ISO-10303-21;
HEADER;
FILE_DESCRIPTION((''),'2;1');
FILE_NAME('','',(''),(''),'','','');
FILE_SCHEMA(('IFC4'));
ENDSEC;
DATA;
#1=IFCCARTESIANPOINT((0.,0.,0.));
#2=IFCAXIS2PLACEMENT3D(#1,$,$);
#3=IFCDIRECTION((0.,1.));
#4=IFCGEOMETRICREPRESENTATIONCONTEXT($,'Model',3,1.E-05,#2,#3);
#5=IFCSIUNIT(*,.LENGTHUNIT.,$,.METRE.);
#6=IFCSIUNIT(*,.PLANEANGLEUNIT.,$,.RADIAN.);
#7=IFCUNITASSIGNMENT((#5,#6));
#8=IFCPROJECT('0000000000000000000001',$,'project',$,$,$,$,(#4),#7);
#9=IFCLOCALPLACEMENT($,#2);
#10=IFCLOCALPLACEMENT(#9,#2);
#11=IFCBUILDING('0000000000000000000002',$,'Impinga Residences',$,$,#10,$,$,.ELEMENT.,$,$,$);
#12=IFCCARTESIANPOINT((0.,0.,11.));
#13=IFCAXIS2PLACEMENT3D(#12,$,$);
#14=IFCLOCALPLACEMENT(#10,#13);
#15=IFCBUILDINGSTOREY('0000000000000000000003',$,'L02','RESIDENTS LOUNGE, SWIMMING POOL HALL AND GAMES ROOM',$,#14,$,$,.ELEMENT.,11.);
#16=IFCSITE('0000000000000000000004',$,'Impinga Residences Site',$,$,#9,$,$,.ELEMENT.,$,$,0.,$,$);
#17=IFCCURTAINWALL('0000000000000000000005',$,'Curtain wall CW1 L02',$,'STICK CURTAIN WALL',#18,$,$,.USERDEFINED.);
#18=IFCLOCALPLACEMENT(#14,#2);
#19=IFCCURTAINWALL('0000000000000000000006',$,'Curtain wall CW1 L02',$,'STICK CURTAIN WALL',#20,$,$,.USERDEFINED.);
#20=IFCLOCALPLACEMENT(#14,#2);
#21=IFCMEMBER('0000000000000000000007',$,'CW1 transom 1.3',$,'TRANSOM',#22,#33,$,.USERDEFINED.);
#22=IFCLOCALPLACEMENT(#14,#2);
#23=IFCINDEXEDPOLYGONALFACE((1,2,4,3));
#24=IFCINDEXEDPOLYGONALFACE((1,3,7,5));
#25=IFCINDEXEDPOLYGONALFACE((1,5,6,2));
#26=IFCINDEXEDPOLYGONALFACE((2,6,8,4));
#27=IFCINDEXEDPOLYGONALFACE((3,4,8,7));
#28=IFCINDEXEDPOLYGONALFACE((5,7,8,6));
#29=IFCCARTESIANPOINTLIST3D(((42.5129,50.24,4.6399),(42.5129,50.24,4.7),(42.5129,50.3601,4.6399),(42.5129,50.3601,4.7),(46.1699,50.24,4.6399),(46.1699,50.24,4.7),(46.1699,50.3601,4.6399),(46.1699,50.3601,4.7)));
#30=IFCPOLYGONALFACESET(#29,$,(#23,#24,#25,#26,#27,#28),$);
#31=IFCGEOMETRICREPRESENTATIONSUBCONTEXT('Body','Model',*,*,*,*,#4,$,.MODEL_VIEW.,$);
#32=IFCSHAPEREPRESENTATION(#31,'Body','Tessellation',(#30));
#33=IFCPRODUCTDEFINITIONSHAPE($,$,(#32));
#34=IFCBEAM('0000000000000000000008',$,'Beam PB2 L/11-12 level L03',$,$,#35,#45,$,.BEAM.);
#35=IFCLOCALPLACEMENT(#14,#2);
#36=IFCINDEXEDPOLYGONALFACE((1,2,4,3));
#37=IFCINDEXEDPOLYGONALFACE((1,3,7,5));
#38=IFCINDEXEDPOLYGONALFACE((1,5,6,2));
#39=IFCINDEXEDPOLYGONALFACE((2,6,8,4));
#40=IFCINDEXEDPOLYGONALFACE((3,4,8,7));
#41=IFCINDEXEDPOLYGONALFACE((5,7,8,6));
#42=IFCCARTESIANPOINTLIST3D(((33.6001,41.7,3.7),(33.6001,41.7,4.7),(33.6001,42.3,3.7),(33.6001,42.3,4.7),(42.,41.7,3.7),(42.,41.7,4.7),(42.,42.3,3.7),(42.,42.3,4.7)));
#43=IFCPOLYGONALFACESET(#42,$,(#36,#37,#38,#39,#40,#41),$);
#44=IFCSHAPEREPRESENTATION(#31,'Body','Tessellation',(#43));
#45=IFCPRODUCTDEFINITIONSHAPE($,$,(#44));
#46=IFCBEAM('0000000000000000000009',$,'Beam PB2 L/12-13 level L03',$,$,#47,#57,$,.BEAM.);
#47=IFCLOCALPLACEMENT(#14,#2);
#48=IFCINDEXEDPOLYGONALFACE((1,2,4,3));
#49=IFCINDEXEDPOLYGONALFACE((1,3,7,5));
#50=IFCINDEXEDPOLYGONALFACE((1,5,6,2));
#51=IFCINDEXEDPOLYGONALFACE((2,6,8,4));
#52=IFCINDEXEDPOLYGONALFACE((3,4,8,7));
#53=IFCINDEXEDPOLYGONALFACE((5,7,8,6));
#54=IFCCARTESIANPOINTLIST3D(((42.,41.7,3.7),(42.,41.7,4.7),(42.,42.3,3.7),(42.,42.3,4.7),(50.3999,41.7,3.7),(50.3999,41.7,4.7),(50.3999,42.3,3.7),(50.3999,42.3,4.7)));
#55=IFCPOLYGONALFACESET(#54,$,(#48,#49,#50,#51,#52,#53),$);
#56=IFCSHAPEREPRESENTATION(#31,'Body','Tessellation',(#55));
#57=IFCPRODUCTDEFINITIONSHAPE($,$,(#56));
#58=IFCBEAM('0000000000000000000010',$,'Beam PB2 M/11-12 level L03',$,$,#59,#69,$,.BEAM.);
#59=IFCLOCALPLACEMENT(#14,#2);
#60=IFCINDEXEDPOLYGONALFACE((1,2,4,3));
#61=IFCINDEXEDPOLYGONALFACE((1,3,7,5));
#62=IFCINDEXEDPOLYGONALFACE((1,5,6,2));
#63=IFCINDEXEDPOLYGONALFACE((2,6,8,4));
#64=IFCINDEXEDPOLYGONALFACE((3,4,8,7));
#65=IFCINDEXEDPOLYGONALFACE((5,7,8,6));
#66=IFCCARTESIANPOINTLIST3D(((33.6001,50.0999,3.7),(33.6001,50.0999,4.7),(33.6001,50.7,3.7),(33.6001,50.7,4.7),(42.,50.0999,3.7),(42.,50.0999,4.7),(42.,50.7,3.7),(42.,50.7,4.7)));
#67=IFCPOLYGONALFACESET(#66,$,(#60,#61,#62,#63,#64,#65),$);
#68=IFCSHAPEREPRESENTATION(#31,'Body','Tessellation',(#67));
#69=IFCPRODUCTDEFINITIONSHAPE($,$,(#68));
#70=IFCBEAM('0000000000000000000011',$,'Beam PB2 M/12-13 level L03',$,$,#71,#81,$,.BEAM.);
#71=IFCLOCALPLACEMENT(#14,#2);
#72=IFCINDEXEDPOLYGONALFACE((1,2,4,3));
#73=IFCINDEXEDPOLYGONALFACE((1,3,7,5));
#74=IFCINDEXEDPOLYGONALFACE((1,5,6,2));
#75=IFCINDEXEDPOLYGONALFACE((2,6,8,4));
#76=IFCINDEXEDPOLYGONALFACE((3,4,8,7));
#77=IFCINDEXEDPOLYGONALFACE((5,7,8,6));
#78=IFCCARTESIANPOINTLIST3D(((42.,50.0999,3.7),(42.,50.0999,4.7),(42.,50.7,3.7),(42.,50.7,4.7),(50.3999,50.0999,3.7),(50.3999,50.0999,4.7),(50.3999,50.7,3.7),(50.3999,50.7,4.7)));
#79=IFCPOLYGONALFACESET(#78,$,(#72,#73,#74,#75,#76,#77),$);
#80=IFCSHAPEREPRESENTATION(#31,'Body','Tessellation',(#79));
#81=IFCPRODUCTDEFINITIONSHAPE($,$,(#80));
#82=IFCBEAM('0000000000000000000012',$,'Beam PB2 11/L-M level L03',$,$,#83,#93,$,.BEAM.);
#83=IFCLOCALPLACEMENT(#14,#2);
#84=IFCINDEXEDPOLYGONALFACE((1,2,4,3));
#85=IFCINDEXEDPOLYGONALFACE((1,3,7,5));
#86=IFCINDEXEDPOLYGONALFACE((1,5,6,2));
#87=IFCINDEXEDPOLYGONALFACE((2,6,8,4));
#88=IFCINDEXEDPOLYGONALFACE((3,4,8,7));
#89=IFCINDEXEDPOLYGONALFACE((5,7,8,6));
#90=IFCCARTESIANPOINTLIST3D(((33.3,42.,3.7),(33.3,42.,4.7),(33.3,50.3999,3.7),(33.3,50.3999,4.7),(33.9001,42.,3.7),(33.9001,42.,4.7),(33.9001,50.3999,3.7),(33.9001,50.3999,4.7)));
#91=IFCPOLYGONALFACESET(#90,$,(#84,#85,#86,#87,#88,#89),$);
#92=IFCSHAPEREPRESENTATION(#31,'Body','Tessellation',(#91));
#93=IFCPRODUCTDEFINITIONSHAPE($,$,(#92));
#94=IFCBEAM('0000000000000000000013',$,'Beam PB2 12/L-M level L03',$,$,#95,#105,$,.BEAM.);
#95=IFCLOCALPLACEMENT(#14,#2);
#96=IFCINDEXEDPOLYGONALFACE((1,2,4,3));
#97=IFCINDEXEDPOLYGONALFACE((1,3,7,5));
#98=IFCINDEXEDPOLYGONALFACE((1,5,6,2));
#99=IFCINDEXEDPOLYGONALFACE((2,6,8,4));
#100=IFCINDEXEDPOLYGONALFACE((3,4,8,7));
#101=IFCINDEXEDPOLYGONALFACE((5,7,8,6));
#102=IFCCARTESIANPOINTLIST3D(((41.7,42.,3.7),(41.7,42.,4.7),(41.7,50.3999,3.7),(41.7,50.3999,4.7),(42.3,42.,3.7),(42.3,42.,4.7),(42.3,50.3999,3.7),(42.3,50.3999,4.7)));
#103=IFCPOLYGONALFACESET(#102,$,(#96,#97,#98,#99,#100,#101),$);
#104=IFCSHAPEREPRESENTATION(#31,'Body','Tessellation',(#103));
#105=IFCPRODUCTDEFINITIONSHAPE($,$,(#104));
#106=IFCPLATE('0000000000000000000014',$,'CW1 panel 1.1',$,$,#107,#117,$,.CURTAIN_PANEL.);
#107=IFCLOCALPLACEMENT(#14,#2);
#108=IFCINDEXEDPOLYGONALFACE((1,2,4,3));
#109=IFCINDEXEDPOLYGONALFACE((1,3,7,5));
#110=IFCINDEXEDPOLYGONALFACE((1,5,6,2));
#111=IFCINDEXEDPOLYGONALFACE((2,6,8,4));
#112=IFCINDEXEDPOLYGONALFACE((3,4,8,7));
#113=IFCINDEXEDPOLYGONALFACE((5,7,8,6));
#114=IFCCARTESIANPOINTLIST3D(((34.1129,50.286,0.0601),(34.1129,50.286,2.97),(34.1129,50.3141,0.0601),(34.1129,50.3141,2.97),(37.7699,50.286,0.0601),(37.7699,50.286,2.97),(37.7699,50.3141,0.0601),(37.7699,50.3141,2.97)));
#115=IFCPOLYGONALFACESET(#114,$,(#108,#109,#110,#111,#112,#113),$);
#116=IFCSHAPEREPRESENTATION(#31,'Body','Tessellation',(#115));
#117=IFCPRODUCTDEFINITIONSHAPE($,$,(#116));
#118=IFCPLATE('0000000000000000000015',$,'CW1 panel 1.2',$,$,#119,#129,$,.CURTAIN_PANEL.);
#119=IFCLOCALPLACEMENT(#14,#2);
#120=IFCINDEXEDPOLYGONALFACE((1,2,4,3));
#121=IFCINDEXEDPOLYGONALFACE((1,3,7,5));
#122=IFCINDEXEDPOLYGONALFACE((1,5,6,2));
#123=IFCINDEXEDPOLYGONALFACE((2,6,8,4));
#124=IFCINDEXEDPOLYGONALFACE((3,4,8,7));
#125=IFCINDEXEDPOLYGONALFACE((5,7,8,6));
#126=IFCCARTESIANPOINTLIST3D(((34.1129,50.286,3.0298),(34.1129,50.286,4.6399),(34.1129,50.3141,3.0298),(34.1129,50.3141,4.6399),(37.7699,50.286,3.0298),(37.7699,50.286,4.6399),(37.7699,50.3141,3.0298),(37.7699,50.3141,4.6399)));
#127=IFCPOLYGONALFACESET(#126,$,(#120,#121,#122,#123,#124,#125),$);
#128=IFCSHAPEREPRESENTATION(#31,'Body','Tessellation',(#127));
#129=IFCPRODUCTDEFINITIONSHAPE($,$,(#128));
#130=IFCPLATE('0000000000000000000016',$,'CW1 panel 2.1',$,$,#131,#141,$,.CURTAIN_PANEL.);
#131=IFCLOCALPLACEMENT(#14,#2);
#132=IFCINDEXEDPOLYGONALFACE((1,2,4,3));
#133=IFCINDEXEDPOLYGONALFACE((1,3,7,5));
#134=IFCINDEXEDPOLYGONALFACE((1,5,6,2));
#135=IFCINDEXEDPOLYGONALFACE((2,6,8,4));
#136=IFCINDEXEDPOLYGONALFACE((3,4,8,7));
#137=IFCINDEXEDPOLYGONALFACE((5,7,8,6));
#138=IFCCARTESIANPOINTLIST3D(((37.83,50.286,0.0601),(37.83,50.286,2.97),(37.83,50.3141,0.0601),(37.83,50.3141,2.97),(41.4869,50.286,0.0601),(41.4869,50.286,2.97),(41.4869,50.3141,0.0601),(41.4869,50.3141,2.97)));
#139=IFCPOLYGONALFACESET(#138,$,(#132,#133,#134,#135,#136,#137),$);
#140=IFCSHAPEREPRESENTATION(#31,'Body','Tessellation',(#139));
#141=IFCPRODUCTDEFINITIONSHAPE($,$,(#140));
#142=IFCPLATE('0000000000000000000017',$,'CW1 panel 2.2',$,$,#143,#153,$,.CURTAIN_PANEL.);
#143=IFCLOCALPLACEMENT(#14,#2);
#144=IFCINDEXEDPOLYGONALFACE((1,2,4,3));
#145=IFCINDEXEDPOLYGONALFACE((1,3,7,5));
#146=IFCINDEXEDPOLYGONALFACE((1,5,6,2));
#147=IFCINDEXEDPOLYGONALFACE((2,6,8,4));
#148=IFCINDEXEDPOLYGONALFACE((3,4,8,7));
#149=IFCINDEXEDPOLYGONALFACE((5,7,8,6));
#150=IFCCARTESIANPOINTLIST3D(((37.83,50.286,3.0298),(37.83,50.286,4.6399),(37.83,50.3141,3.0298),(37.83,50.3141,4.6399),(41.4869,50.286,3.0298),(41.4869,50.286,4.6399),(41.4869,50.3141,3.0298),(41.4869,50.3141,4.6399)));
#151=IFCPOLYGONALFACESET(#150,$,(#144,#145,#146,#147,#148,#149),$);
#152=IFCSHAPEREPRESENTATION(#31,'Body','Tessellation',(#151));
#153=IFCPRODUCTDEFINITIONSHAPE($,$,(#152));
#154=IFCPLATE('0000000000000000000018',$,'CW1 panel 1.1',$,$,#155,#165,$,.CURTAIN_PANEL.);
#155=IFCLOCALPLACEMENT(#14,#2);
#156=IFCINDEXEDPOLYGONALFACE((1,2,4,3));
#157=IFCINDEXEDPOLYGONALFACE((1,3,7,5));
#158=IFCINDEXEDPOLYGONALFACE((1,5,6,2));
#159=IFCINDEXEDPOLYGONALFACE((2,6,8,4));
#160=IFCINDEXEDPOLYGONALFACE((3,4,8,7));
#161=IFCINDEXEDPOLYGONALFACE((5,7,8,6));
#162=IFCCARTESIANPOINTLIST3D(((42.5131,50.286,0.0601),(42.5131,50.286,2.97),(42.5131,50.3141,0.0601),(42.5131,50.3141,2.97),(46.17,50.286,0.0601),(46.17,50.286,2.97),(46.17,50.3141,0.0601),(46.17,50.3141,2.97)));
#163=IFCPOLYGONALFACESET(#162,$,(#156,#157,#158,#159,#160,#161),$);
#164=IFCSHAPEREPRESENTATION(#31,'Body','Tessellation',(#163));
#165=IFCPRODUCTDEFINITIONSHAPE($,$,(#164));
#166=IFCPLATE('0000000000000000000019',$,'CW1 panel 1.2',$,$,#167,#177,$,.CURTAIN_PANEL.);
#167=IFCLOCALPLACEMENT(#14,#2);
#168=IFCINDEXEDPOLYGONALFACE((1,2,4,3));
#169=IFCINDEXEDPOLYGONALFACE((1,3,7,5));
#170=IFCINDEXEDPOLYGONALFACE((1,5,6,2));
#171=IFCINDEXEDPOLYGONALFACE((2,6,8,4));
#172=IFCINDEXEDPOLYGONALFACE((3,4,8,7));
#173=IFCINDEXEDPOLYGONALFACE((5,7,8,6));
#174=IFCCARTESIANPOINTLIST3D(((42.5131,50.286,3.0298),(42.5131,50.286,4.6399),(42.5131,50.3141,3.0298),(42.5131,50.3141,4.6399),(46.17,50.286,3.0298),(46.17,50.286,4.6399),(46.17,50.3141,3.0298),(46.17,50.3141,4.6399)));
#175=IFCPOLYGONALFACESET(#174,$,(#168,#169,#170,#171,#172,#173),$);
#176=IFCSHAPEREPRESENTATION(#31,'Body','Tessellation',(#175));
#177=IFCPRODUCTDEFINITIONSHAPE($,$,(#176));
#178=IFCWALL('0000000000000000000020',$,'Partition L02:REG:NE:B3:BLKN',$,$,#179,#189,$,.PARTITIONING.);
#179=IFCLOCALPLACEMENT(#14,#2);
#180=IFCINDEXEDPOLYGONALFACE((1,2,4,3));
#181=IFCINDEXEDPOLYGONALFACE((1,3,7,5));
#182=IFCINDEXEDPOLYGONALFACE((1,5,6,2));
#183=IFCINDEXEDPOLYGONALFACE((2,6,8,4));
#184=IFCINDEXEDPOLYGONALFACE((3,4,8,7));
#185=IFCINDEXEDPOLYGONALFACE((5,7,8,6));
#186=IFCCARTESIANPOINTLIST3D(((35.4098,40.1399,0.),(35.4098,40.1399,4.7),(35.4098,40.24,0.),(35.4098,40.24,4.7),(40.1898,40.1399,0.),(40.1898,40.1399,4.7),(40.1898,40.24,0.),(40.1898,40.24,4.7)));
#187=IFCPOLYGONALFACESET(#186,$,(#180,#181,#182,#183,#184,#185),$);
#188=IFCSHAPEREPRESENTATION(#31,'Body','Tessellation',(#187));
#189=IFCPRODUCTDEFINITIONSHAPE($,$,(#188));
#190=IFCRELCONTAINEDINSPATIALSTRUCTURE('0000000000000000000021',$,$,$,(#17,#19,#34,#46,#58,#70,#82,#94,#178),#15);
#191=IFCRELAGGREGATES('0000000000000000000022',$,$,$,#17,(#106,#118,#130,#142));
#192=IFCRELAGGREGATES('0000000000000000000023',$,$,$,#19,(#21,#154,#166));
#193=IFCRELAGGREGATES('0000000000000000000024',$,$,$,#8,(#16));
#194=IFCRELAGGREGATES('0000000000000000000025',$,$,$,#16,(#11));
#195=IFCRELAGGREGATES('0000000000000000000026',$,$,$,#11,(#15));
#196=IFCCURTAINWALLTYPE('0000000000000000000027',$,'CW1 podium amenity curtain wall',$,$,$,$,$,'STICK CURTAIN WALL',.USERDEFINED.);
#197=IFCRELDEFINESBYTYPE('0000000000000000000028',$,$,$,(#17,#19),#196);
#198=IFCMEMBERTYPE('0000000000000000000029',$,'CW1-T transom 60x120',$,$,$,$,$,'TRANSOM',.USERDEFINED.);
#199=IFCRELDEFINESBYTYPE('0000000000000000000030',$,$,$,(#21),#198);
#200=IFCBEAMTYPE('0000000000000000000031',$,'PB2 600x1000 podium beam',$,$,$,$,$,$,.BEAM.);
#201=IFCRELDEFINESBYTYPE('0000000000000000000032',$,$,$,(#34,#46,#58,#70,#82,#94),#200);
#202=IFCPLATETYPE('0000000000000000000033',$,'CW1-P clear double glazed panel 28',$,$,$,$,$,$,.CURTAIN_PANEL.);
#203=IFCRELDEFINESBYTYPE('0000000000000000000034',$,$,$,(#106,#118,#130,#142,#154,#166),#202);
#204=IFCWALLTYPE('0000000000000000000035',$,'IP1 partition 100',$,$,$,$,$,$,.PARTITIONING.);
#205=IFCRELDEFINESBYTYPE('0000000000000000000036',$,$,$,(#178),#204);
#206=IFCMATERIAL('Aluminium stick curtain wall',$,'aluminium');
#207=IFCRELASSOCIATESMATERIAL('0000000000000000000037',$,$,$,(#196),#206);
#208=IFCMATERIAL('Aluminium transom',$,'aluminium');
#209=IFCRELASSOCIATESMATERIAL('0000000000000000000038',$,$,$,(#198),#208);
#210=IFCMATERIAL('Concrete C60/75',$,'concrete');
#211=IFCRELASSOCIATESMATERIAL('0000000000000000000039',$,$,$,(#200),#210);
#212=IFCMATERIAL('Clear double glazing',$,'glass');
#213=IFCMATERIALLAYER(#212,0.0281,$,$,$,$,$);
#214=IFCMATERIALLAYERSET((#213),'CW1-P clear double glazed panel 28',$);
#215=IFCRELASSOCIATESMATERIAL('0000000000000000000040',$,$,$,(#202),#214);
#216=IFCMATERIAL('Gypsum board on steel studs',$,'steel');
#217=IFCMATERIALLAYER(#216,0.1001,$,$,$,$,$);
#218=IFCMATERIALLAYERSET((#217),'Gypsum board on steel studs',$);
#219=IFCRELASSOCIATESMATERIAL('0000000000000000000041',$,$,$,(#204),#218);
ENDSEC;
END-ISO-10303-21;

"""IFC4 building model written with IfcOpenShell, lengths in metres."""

from ifc_helpers import new_model, si_unit, direction, frame, frame_2d, origin, origin_2d, place, context, subcontext, project, spatial, rectangle, extrude, material, layer, layer_set, material_profile, profile_set, type_object, element, aggregate, save


model = new_model("IFC4")

# Units and contexts
model_context = context("Model", 3, precision=1e-05, world=origin(), true_north=direction((0.0, 1.0)))
body_context = subcontext(model_context, "Body", "Model", "MODEL_VIEW")
ifc_project = project(units=[si_unit("LENGTHUNIT", "METRE"), si_unit("PLANEANGLEUNIT", "RADIAN")], contexts=[model_context])

# Site, building, storey
site_placement = place(None, origin())
site = spatial("IfcSite", under=ifc_project, at=site_placement, Name="Impinga Residences Site", CompositionType="ELEMENT", RefElevation=0.0)
building_placement = place(site_placement, origin())
building = spatial("IfcBuilding", under=site, at=building_placement, Name="Impinga Residences", CompositionType="ELEMENT")
storey_placement = place(building_placement, frame((0.0, 0.0, 11.0)))
storey = spatial("IfcBuildingStorey", under=building, at=storey_placement, Name="L02", Description="RESIDENTS LOUNGE, SWIMMING POOL HALL AND GAMES ROOM", CompositionType="ELEMENT", Elevation=11.0)

# Curtain wall
ifc_material_1 = material(Name="Aluminium stick curtain wall", Category="aluminium")
curtain_wall_type = type_object("IfcCurtainWallType", Name="CW1 podium amenity curtain wall", ElementType="STICK CURTAIN WALL", PredefinedType="USERDEFINED", material=ifc_material_1)
curtain_wall_1_placement = place(storey_placement, origin())
curtain_wall_1 = element("IfcCurtainWall", 1, at=curtain_wall_1_placement, inside=storey, type_object=curtain_wall_type, Name="Curtain wall CW1 L02", ObjectType="STICK CURTAIN WALL", PredefinedType="USERDEFINED")

# Curtain wall
curtain_wall_2_placement = place(storey_placement, origin())
curtain_wall_2 = element("IfcCurtainWall", 2, at=curtain_wall_2_placement, inside=storey, type_object=curtain_wall_type, Name="Curtain wall CW1 L02", ObjectType="STICK CURTAIN WALL", PredefinedType="USERDEFINED")

# Member
ifc_material_2 = material(Name="Aluminium transom", Category="aluminium")
ifc_material_profile_1 = material_profile(ifc_material_2, rectangle(XDim=0.0601, YDim=0.1201, at=origin_2d()), Name="60x120 transom")
ifc_profile_set_1 = profile_set([ifc_material_profile_1], Name="Aluminium transom")
member_type_1 = type_object("IfcMemberType", Name="CW1-T transom 60x120", ElementType="TRANSOM", PredefinedType="USERDEFINED", material=ifc_profile_set_1)
member_1_placement = place(storey_placement, frame((42.5129, 50.3, 4.6699), z_axis=(1.0, 0.0, 0.0), x_axis=(0.0, 0.0, 1.0)))
member_1 = element("IfcMember", 3, at=member_1_placement, type_object=member_type_1, Name="CW1 transom 1.3", ObjectType="TRANSOM", PredefinedType="USERDEFINED", context=body_context, shape_type="SweptSolid", body=[
    extrude(rectangle(XDim=0.0601, YDim=0.1201, at=origin_2d()), origin(), (0.0, 0.0, 1.0), 3.657),
])

# Beams
ifc_material_3 = material(Name="Concrete C60/75", Category="concrete")
ifc_material_profile_2 = material_profile(ifc_material_3, rectangle(XDim=0.6001, YDim=1.0, at=origin_2d()), Name="RC 600x1000")
ifc_profile_set_2 = profile_set([ifc_material_profile_2], Name="Concrete C60/75")
beam_type = type_object("IfcBeamType", Name="PB2 600x1000 podium beam", PredefinedType="BEAM", material=ifc_profile_set_2)
for number, where, z_axis, x_axis, name in (
    (4, (33.6001, 42.0, 4.2), (1.0, 0.0, 0.0), (0.0, 1.0, 0.0), "Beam PB2 L/11-12 level L03"),
    (5, (42.0, 42.0, 4.2), (1.0, 0.0, 0.0), (0.0, 1.0, 0.0), "Beam PB2 L/12-13 level L03"),
    (6, (33.6001, 50.3999, 4.2), (1.0, 0.0, 0.0), (0.0, 1.0, 0.0), "Beam PB2 M/11-12 level L03"),
    (7, (42.0, 50.3999, 4.2), (1.0, 0.0, 0.0), (0.0, 1.0, 0.0), "Beam PB2 M/12-13 level L03"),
    (8, (33.6001, 42.0, 4.2), (0.0, 1.0, 0.0), (-1.0, 0.0, 0.0), "Beam PB2 11/L-M level L03"),
    (9, (42.0, 42.0, 4.2), (0.0, 1.0, 0.0), (-1.0, 0.0, 0.0), "Beam PB2 12/L-M level L03"),
):
    element("IfcBeam", number, at=place(storey_placement, frame(where, z_axis=z_axis, x_axis=x_axis)), inside=storey, type_object=beam_type, Name=name, PredefinedType="BEAM", context=body_context, shape_type="SweptSolid", body=[
        extrude(rectangle(XDim=0.6001, YDim=1.0, at=origin_2d()), origin(), (0.0, 0.0, 1.0), 8.3999),
    ])

# Plates
ifc_material_4 = material(Name="Clear double glazing", Category="glass")
ifc_layer_1 = layer(ifc_material_4, 0.0281)
ifc_layer_set_1 = layer_set([ifc_layer_1], Name="CW1-P clear double glazed panel 28")
plate_type = type_object("IfcPlateType", Name="CW1-P clear double glazed panel 28", PredefinedType="CURTAIN_PANEL", material=ifc_layer_set_1)
plate_1_placement = place(storey_placement, frame((35.9414, 50.3, 0.0601), z_axis=(0.0, 0.0, 1.0), x_axis=(1.0, 0.0, 0.0)))
plate_1 = element("IfcPlate", 10, at=plate_1_placement, type_object=plate_type, Name="CW1 panel 1.1", PredefinedType="CURTAIN_PANEL", context=body_context, shape_type="SweptSolid", body=[
    extrude(rectangle(XDim=3.657, YDim=0.0281, at=origin_2d()), origin(), (0.0, 0.0, 1.0), 2.9099),
])
plate_2_placement = place(storey_placement, frame((35.9414, 50.3, 3.0298), z_axis=(0.0, 0.0, 1.0), x_axis=(1.0, 0.0, 0.0)))
plate_2 = element("IfcPlate", 11, at=plate_2_placement, type_object=plate_type, Name="CW1 panel 1.2", PredefinedType="CURTAIN_PANEL", context=body_context, shape_type="SweptSolid", body=[
    extrude(rectangle(XDim=3.657, YDim=0.0281, at=origin_2d()), origin(), (0.0, 0.0, 1.0), 1.6101),
])
plate_3_placement = place(storey_placement, frame((39.6584, 50.3, 0.0601), z_axis=(0.0, 0.0, 1.0), x_axis=(1.0, 0.0, 0.0)))
plate_3 = element("IfcPlate", 12, at=plate_3_placement, type_object=plate_type, Name="CW1 panel 2.1", PredefinedType="CURTAIN_PANEL", context=body_context, shape_type="SweptSolid", body=[
    extrude(rectangle(XDim=3.657, YDim=0.0281, at=origin_2d()), origin(), (0.0, 0.0, 1.0), 2.9099),
])
plate_4_placement = place(storey_placement, frame((39.6584, 50.3, 3.0298), z_axis=(0.0, 0.0, 1.0), x_axis=(1.0, 0.0, 0.0)))
plate_4 = element("IfcPlate", 13, at=plate_4_placement, type_object=plate_type, Name="CW1 panel 2.2", PredefinedType="CURTAIN_PANEL", context=body_context, shape_type="SweptSolid", body=[
    extrude(rectangle(XDim=3.657, YDim=0.0281, at=origin_2d()), origin(), (0.0, 0.0, 1.0), 1.6101),
])
aggregate(curtain_wall_1, [plate_1, plate_2, plate_3, plate_4])
plate_5_placement = place(storey_placement, frame((44.3416, 50.3, 0.0601), z_axis=(0.0, 0.0, 1.0), x_axis=(1.0, 0.0, 0.0)))
plate_5 = element("IfcPlate", 14, at=plate_5_placement, type_object=plate_type, Name="CW1 panel 1.1", PredefinedType="CURTAIN_PANEL", context=body_context, shape_type="SweptSolid", body=[
    extrude(rectangle(XDim=3.657, YDim=0.0281, at=origin_2d()), origin(), (0.0, 0.0, 1.0), 2.9099),
])
plate_6_placement = place(storey_placement, frame((44.3416, 50.3, 3.0298), z_axis=(0.0, 0.0, 1.0), x_axis=(1.0, 0.0, 0.0)))
plate_6 = element("IfcPlate", 15, at=plate_6_placement, type_object=plate_type, Name="CW1 panel 1.2", PredefinedType="CURTAIN_PANEL", context=body_context, shape_type="SweptSolid", body=[
    extrude(rectangle(XDim=3.657, YDim=0.0281, at=origin_2d()), origin(), (0.0, 0.0, 1.0), 1.6101),
])
aggregate(curtain_wall_2, [member_1, plate_5, plate_6])

# Wall
ifc_material_5 = material(Name="Gypsum board on steel studs", Category="steel")
ifc_layer_2 = layer(ifc_material_5, 0.1001)
ifc_layer_set_2 = layer_set([ifc_layer_2], Name="Gypsum board on steel studs")
wall_type = type_object("IfcWallType", Name="IP1 partition 100", PredefinedType="PARTITIONING", material=ifc_layer_set_2)
wall_1_placement = place(storey_placement, frame((40.1899, 40.1899, 0.0), z_axis=(0.0, 0.0, 1.0), x_axis=(-1.0, 0.0, 0.0)))
element("IfcWall", 16, at=wall_1_placement, inside=storey, type_object=wall_type, Name="Partition L02:REG:NE:B3:BLKN", PredefinedType="PARTITIONING", context=body_context, shape_type="SweptSolid", body=[
    extrude(rectangle(XDim=4.78, YDim=0.1001, at=frame_2d((2.3901, 0.0))), origin(), (0.0, 0.0, 1.0), 4.7),
])

save(model, "model.ifc")
